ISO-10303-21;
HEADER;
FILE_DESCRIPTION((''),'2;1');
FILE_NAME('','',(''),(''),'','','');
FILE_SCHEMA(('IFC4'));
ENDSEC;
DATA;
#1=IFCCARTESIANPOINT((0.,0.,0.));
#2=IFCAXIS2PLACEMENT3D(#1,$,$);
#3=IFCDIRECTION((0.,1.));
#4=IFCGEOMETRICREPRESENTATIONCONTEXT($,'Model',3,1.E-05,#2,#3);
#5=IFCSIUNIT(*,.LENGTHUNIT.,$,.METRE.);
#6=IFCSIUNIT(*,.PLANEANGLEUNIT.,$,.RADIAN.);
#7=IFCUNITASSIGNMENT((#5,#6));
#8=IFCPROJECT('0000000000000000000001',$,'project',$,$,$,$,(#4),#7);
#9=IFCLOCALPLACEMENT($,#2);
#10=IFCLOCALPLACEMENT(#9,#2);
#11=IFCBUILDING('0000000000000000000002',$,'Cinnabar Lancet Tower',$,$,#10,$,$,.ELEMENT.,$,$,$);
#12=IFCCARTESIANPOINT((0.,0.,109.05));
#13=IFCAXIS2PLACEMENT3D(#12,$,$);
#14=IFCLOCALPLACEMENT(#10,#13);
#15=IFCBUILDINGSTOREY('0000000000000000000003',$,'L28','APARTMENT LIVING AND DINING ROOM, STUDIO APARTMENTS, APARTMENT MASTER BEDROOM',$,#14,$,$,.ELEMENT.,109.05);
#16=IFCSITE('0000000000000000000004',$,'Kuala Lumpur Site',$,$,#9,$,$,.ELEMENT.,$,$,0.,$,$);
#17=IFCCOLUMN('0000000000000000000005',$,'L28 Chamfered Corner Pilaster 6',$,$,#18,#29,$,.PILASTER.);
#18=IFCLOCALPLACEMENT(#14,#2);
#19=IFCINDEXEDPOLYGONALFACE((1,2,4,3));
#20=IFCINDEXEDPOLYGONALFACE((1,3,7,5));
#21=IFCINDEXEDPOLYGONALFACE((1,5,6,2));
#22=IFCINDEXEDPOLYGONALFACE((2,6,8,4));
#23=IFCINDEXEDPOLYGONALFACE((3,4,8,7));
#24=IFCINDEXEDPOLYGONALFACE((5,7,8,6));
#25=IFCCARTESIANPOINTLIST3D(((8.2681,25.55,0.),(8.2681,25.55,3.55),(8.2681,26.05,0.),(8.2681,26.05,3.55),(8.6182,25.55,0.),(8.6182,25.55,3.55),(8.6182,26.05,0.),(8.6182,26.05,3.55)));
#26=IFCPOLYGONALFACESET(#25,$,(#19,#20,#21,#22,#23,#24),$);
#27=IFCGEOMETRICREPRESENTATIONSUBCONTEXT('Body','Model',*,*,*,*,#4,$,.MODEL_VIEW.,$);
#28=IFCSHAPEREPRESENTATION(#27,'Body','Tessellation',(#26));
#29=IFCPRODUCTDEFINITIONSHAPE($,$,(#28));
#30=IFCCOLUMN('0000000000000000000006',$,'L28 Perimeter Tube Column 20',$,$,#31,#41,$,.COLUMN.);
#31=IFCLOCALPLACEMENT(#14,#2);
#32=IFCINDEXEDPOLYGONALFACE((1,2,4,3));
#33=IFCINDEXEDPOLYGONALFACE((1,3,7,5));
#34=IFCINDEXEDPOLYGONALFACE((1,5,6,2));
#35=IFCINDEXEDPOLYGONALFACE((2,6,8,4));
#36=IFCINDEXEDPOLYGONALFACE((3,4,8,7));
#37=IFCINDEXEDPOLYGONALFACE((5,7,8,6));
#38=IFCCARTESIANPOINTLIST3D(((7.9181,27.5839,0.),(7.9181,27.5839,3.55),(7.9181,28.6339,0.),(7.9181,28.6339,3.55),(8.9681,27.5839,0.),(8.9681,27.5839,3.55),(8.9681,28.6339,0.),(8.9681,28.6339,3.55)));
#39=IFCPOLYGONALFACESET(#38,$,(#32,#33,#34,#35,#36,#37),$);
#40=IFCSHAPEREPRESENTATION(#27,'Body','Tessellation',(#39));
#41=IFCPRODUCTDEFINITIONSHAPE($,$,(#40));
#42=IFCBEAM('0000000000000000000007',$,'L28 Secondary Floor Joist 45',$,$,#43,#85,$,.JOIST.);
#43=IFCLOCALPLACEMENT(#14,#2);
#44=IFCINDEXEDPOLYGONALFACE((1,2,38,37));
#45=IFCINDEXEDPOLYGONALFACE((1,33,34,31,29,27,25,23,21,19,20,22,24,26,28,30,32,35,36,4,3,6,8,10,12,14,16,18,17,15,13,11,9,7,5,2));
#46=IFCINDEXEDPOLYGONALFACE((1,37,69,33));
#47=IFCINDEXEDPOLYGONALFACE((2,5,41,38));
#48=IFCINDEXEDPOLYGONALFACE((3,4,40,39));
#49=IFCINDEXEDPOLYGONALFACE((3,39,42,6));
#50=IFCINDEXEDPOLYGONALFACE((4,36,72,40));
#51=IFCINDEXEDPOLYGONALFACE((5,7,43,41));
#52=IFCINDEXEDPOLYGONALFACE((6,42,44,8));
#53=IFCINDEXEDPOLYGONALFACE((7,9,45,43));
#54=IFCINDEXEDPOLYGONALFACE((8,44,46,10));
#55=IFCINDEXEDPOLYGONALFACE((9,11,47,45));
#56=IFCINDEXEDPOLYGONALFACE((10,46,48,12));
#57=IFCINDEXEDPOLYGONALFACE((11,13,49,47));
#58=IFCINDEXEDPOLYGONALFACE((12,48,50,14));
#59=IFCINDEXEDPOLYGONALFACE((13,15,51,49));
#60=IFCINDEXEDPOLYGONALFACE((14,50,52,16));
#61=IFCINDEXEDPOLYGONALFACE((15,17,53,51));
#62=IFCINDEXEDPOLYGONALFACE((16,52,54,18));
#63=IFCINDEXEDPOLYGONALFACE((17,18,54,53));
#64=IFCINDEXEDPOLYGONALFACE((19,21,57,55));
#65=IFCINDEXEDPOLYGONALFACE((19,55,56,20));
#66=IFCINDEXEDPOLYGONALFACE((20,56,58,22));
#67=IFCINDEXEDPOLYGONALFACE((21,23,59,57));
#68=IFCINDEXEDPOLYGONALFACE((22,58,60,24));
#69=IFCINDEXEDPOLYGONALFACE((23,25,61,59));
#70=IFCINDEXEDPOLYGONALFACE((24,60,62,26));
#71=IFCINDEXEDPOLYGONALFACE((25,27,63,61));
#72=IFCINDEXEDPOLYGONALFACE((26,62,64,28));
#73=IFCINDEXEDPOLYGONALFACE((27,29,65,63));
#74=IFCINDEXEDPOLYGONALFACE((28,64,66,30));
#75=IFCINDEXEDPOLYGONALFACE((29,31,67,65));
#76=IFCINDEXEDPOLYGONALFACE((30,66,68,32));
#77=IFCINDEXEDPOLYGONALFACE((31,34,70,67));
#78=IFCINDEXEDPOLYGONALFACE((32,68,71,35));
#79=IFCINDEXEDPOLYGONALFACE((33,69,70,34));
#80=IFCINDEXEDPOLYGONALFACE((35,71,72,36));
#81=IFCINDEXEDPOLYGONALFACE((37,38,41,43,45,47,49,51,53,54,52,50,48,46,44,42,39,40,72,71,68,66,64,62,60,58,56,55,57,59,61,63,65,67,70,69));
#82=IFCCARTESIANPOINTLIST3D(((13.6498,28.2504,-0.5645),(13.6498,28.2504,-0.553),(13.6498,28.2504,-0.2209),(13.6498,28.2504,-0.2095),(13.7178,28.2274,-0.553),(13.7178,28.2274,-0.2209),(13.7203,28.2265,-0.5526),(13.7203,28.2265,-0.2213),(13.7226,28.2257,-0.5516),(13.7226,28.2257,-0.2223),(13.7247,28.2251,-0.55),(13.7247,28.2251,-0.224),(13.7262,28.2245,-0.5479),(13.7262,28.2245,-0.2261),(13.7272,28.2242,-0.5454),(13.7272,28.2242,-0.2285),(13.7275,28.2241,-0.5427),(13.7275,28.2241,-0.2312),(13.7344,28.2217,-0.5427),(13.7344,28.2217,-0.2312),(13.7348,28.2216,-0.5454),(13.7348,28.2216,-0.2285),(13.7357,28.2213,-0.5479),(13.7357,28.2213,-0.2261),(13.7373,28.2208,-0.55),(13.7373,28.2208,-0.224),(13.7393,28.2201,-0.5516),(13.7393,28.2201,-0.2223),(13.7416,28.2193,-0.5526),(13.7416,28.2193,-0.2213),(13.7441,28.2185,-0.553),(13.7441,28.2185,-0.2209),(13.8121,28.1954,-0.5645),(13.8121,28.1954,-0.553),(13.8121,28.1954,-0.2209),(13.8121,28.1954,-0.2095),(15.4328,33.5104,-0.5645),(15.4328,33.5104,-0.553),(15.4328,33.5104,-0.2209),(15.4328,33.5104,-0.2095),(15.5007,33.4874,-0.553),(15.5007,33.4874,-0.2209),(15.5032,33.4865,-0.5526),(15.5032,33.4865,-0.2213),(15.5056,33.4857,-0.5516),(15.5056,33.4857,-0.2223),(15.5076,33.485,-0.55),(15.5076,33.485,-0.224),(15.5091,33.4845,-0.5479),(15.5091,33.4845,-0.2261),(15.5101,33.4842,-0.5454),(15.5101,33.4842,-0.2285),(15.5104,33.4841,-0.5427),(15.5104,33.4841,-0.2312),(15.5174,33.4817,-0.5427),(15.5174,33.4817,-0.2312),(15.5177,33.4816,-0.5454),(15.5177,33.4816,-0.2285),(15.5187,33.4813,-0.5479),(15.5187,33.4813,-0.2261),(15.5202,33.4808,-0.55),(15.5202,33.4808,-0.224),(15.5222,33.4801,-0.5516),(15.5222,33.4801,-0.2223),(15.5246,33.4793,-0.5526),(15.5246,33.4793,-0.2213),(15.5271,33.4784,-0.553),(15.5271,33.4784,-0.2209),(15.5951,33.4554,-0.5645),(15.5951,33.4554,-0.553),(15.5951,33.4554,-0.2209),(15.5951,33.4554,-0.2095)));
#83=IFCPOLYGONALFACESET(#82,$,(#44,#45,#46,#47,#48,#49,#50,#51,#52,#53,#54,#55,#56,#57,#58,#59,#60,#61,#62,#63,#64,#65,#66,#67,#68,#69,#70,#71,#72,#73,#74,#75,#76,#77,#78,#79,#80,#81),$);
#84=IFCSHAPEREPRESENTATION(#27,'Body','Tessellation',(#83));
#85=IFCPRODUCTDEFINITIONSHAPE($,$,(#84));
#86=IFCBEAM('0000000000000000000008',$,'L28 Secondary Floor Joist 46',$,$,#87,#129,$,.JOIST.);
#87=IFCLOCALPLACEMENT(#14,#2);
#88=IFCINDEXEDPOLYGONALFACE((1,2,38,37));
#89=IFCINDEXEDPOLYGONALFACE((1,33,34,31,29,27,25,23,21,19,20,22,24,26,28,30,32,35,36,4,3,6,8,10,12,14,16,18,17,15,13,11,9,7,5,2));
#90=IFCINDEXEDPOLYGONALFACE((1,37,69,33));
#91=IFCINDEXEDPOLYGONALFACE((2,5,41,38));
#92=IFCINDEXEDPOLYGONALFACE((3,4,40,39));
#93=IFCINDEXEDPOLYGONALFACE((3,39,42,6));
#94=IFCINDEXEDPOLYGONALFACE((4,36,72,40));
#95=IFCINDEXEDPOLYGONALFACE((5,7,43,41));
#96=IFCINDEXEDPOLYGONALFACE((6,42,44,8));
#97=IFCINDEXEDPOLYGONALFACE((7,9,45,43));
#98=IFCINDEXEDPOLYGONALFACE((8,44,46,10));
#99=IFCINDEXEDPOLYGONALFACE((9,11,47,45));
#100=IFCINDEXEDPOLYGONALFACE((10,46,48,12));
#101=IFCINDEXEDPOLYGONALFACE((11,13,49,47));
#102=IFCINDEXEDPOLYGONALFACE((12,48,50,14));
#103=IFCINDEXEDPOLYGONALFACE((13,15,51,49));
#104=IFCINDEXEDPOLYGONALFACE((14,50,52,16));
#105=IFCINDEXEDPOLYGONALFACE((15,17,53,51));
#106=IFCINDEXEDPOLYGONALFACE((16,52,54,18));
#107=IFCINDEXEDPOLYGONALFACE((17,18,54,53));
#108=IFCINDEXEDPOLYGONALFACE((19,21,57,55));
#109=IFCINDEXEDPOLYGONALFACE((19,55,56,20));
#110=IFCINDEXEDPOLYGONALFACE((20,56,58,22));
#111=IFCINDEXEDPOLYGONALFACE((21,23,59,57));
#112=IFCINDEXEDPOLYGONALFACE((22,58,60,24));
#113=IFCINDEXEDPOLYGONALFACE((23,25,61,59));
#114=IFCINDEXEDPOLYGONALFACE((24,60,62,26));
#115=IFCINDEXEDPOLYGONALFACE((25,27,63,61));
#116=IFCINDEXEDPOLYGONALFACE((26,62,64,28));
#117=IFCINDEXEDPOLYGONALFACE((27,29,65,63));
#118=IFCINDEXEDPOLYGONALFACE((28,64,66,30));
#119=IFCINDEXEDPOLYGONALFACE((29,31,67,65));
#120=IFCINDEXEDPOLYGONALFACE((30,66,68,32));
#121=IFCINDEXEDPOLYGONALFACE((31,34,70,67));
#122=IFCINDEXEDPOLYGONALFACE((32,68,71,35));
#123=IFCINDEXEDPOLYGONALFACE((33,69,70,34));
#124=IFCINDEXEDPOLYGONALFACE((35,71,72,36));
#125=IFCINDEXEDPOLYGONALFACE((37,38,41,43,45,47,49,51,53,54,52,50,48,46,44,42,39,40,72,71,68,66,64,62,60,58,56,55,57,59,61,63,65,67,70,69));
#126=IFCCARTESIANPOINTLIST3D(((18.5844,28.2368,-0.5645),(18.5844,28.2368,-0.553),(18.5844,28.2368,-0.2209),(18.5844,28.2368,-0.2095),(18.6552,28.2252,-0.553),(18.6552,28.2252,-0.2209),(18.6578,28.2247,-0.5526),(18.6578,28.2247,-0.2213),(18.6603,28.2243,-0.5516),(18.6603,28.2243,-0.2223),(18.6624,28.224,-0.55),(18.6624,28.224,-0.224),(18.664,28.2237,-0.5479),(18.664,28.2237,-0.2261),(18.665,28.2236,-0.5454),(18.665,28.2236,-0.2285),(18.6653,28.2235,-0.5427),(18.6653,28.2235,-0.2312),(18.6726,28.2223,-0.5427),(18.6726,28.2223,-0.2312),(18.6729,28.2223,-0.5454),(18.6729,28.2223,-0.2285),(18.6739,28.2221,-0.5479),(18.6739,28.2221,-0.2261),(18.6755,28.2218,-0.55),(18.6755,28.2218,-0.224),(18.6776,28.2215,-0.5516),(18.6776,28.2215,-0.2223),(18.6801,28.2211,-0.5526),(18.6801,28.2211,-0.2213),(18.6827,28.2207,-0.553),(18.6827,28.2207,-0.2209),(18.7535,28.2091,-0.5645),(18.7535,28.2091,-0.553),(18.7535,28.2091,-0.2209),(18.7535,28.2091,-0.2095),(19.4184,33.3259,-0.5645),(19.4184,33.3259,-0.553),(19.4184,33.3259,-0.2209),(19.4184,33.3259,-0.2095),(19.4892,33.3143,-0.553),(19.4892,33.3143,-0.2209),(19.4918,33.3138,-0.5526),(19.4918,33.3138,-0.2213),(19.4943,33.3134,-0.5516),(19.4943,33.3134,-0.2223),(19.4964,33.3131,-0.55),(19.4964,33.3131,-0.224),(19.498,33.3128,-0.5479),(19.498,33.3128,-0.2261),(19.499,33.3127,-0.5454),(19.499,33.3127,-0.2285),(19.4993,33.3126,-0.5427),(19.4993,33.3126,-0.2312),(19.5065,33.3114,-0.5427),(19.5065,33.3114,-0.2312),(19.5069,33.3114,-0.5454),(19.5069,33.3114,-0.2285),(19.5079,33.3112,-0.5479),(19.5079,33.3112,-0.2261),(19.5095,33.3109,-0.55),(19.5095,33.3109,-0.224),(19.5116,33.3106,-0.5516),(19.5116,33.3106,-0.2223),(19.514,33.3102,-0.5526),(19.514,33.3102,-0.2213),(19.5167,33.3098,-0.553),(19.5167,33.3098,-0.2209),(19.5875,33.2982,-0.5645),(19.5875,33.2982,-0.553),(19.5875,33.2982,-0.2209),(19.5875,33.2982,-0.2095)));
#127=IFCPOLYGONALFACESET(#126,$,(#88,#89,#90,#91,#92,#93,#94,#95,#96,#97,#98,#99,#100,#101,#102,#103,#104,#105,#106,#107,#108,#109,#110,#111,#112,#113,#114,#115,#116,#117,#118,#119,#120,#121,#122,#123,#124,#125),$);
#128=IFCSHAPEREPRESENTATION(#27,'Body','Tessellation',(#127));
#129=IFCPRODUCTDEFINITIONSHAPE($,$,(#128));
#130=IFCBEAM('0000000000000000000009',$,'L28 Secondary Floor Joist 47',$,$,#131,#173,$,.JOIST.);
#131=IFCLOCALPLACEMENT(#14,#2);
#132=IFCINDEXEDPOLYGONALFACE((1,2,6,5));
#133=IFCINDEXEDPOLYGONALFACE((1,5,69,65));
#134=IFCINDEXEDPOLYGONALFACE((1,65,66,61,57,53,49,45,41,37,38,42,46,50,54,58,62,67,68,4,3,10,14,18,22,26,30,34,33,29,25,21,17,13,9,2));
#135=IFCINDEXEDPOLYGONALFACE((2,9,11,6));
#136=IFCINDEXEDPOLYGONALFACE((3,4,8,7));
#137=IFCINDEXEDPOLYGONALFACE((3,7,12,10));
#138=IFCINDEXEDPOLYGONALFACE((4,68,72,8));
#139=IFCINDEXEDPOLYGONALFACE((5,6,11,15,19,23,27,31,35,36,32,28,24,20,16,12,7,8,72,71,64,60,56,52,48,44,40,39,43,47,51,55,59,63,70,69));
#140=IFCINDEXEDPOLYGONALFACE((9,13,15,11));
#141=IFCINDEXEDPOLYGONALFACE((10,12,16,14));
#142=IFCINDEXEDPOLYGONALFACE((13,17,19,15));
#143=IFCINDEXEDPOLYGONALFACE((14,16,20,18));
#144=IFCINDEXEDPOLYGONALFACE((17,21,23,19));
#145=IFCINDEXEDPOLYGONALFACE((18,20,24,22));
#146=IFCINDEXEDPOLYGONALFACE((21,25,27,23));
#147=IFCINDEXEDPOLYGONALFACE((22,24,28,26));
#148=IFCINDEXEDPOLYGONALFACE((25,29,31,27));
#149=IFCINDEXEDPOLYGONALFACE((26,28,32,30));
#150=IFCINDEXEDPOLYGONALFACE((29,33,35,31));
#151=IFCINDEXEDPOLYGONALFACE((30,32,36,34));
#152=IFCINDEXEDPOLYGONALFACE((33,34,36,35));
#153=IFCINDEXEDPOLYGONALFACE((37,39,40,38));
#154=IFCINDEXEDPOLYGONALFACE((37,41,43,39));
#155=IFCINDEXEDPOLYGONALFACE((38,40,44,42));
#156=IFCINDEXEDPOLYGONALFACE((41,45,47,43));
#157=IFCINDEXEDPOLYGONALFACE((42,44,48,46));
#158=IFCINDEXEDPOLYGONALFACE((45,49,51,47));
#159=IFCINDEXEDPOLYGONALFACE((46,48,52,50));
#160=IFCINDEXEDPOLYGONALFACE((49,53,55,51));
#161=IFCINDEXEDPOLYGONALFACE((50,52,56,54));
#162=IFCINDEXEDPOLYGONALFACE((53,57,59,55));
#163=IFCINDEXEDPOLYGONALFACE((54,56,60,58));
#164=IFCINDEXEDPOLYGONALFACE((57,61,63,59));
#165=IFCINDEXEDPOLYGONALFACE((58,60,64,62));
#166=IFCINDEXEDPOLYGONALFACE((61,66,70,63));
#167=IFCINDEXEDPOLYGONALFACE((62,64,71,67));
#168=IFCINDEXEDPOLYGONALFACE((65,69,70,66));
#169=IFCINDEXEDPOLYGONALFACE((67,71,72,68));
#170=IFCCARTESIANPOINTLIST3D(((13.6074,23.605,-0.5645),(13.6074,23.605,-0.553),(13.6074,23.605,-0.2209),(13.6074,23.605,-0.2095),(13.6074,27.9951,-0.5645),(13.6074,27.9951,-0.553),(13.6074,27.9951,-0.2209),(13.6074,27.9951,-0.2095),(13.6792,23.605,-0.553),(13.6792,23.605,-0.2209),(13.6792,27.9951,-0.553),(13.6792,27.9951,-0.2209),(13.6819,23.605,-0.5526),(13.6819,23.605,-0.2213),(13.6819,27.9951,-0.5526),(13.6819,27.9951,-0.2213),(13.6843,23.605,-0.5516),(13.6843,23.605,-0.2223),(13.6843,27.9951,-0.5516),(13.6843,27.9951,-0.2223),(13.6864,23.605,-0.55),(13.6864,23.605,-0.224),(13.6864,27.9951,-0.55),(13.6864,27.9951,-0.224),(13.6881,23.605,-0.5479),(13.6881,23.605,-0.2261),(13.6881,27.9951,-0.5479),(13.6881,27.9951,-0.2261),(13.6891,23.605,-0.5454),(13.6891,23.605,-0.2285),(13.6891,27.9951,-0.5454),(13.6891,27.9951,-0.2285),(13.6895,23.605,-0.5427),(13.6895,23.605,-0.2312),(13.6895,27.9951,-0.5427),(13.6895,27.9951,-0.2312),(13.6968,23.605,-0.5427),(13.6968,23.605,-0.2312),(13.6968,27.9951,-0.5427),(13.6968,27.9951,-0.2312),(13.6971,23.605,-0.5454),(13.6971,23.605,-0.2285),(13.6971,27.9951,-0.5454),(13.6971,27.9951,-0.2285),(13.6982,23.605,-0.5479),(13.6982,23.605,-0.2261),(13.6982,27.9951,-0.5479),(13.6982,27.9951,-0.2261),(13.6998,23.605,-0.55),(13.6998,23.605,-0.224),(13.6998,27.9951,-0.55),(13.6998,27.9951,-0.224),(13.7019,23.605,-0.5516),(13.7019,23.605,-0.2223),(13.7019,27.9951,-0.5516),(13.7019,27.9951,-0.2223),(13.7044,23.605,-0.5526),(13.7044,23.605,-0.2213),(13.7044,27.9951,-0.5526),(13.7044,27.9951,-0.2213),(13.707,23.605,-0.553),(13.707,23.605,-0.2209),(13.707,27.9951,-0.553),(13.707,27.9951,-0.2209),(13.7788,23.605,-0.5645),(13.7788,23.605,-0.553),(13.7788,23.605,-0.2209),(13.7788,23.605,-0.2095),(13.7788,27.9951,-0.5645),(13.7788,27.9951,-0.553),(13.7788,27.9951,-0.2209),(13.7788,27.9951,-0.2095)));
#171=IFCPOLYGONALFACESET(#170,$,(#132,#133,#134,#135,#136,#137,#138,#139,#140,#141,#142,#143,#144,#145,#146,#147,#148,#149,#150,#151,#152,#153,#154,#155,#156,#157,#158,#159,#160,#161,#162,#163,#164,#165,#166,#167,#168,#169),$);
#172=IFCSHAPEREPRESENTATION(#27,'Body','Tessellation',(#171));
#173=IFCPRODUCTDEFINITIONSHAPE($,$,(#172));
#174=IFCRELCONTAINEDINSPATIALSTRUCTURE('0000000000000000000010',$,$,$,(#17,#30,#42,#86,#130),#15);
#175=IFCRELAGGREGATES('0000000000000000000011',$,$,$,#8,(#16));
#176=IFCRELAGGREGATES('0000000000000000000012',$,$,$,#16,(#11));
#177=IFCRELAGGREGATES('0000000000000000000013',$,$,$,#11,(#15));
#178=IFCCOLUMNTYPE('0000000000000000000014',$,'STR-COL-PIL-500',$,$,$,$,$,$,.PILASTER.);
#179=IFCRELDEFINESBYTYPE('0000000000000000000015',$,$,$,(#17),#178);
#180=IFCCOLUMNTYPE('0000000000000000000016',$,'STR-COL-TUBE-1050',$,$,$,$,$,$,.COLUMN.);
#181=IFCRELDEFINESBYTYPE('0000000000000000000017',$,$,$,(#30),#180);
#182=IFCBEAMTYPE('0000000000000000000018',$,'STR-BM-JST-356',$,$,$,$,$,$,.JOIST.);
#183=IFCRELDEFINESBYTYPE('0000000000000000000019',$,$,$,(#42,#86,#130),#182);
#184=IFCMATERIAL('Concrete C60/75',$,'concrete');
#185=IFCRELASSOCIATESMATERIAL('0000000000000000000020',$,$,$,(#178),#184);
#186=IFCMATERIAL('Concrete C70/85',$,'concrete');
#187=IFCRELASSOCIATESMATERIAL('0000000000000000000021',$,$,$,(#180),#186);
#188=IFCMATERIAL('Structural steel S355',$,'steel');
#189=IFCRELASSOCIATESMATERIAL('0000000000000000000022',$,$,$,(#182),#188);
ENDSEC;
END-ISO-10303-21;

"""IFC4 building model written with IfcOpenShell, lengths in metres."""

from ifc_helpers import new_model, si_unit, direction, frame, origin, origin_2d, place, context, subcontext, project, spatial, rectangle, i_section, extrude, material, material_profile, profile_set, type_object, element, save


model = new_model("IFC4")

# Units and contexts
model_context = context("Model", 3, precision=1e-05, world=origin(), true_north=direction((0.0, 1.0)))
body_context = subcontext(model_context, "Body", "Model", "MODEL_VIEW")
ifc_project = project(units=[si_unit("LENGTHUNIT", "METRE"), si_unit("PLANEANGLEUNIT", "RADIAN")], contexts=[model_context])

# Site, building, storey
site_placement = place(None, origin())
site = spatial("IfcSite", under=ifc_project, at=site_placement, Name="Kuala Lumpur Site", CompositionType="ELEMENT", RefElevation=0.0)
building_placement = place(site_placement, origin())
building = spatial("IfcBuilding", under=site, at=building_placement, Name="Cinnabar Lancet Tower", CompositionType="ELEMENT")
storey_placement = place(building_placement, frame((0.0, 0.0, 109.05)))
storey = spatial("IfcBuildingStorey", under=building, at=storey_placement, Name="L28", Description="APARTMENT LIVING AND DINING ROOM, STUDIO APARTMENTS, APARTMENT MASTER BEDROOM", CompositionType="ELEMENT", Elevation=109.05)

# Columns
ifc_material_1 = material(Name="Concrete C60/75", Category="concrete")
ifc_material_profile_1 = material_profile(ifc_material_1, rectangle(XDim=0.5, YDim=0.3501, at=origin_2d()), Name="RC-PIL 500x350")
ifc_profile_set_1 = profile_set([ifc_material_profile_1], Name="Concrete C60/75")
column_type_1 = type_object("IfcColumnType", Name="STR-COL-PIL-500", PredefinedType="PILASTER", material=ifc_profile_set_1)
column_1_placement = place(storey_placement, frame((8.4431, 25.8, 0.0), z_axis=(0.0, 0.0, 1.0), x_axis=(0.0, -1.0, 0.0)))
element("IfcColumn", 1, at=column_1_placement, inside=storey, type_object=column_type_1, Name="L28 Chamfered Corner Pilaster 6", PredefinedType="PILASTER", context=body_context, shape_type="SweptSolid", body=[
    extrude(rectangle(XDim=0.5, YDim=0.3501, at=origin_2d()), origin(), (0.0, 0.0, 1.0), 3.55),
])
ifc_material_2 = material(Name="Concrete C70/85", Category="concrete")
ifc_material_profile_2 = material_profile(ifc_material_2, rectangle(XDim=1.05, YDim=1.05, at=origin_2d()), Name="RC-COL 1050x1050")
ifc_profile_set_2 = profile_set([ifc_material_profile_2], Name="Concrete C70/85")
column_type_2 = type_object("IfcColumnType", Name="STR-COL-TUBE-1050", PredefinedType="COLUMN", material=ifc_profile_set_2)
column_2_placement = place(storey_placement, frame((8.4431, 28.1089, 0.0), z_axis=(0.0, 0.0, 1.0), x_axis=(1.0, 0.0, 0.0)))
element("IfcColumn", 2, at=column_2_placement, inside=storey, type_object=column_type_2, Name="L28 Perimeter Tube Column 20", PredefinedType="COLUMN", context=body_context, shape_type="SweptSolid", body=[
    extrude(rectangle(XDim=1.05, YDim=1.05, at=origin_2d()), origin(), (0.0, 0.0, 1.0), 3.55),
])

# Beams
ifc_material_3 = material(Name="Structural steel S355", Category="steel")
ifc_material_profile_3 = material_profile(ifc_material_3, i_section(OverallWidth=0.1714, OverallDepth=0.355, WebThickness=0.0073, FlangeThickness=0.0115, FilletRadius=0.0103, at=origin_2d()), Name="UKB 356x171x51")
ifc_profile_set_3 = profile_set([ifc_material_profile_3], Name="Structural steel S355")
beam_type_1 = type_object("IfcBeamType", Name="STR-BM-JST-356", PredefinedType="JOIST", material=ifc_profile_set_3)
beam_1_placement = place(storey_placement, frame((15.5139, 33.4829, -0.387), z_axis=(-0.321024, -0.947071, 0.0), x_axis=(0.947071, -0.321024, 0.0)))
element("IfcBeam", 3, at=beam_1_placement, inside=storey, type_object=beam_type_1, Name="L28 Secondary Floor Joist 45", PredefinedType="JOIST", context=body_context, shape_type="SweptSolid", body=[
    extrude(i_section(OverallWidth=0.1714, OverallDepth=0.355, WebThickness=0.0073, FlangeThickness=0.0115, FilletRadius=0.0103, at=origin_2d()), origin(), (0.0, 0.0, 1.0), 5.554),
])
beam_2_placement = place(storey_placement, frame((19.5029, 33.312, -0.387), z_axis=(-0.161719, -0.986837, 0.0), x_axis=(0.986837, -0.161719, 0.0)))
element("IfcBeam", 4, at=beam_2_placement, inside=storey, type_object=beam_type_1, Name="L28 Secondary Floor Joist 46", PredefinedType="JOIST", context=body_context, shape_type="SweptSolid", body=[
    extrude(i_section(OverallWidth=0.1714, OverallDepth=0.355, WebThickness=0.0073, FlangeThickness=0.0115, FilletRadius=0.0103, at=origin_2d()), origin(), (0.0, 0.0, 1.0), 5.157),
])
for number, where, z_axis, x_axis, name in (
    (5, (13.6931, 27.9951, -0.387), (0.0, -1.0, 0.0), (1.0, 0.0, 0.0), "L28 Secondary Floor Joist 47"),
):
    element("IfcBeam", number, at=place(storey_placement, frame(where, z_axis=z_axis, x_axis=x_axis)), inside=storey, type_object=beam_type_1, Name=name, PredefinedType="JOIST", context=body_context, shape_type="SweptSolid", body=[
        extrude(i_section(OverallWidth=0.1714, OverallDepth=0.355, WebThickness=0.0073, FlangeThickness=0.0115, FilletRadius=0.0103, at=origin_2d()), origin(), (0.0, 0.0, 1.0), 4.3901),
    ])

save(model, "model.ifc")
